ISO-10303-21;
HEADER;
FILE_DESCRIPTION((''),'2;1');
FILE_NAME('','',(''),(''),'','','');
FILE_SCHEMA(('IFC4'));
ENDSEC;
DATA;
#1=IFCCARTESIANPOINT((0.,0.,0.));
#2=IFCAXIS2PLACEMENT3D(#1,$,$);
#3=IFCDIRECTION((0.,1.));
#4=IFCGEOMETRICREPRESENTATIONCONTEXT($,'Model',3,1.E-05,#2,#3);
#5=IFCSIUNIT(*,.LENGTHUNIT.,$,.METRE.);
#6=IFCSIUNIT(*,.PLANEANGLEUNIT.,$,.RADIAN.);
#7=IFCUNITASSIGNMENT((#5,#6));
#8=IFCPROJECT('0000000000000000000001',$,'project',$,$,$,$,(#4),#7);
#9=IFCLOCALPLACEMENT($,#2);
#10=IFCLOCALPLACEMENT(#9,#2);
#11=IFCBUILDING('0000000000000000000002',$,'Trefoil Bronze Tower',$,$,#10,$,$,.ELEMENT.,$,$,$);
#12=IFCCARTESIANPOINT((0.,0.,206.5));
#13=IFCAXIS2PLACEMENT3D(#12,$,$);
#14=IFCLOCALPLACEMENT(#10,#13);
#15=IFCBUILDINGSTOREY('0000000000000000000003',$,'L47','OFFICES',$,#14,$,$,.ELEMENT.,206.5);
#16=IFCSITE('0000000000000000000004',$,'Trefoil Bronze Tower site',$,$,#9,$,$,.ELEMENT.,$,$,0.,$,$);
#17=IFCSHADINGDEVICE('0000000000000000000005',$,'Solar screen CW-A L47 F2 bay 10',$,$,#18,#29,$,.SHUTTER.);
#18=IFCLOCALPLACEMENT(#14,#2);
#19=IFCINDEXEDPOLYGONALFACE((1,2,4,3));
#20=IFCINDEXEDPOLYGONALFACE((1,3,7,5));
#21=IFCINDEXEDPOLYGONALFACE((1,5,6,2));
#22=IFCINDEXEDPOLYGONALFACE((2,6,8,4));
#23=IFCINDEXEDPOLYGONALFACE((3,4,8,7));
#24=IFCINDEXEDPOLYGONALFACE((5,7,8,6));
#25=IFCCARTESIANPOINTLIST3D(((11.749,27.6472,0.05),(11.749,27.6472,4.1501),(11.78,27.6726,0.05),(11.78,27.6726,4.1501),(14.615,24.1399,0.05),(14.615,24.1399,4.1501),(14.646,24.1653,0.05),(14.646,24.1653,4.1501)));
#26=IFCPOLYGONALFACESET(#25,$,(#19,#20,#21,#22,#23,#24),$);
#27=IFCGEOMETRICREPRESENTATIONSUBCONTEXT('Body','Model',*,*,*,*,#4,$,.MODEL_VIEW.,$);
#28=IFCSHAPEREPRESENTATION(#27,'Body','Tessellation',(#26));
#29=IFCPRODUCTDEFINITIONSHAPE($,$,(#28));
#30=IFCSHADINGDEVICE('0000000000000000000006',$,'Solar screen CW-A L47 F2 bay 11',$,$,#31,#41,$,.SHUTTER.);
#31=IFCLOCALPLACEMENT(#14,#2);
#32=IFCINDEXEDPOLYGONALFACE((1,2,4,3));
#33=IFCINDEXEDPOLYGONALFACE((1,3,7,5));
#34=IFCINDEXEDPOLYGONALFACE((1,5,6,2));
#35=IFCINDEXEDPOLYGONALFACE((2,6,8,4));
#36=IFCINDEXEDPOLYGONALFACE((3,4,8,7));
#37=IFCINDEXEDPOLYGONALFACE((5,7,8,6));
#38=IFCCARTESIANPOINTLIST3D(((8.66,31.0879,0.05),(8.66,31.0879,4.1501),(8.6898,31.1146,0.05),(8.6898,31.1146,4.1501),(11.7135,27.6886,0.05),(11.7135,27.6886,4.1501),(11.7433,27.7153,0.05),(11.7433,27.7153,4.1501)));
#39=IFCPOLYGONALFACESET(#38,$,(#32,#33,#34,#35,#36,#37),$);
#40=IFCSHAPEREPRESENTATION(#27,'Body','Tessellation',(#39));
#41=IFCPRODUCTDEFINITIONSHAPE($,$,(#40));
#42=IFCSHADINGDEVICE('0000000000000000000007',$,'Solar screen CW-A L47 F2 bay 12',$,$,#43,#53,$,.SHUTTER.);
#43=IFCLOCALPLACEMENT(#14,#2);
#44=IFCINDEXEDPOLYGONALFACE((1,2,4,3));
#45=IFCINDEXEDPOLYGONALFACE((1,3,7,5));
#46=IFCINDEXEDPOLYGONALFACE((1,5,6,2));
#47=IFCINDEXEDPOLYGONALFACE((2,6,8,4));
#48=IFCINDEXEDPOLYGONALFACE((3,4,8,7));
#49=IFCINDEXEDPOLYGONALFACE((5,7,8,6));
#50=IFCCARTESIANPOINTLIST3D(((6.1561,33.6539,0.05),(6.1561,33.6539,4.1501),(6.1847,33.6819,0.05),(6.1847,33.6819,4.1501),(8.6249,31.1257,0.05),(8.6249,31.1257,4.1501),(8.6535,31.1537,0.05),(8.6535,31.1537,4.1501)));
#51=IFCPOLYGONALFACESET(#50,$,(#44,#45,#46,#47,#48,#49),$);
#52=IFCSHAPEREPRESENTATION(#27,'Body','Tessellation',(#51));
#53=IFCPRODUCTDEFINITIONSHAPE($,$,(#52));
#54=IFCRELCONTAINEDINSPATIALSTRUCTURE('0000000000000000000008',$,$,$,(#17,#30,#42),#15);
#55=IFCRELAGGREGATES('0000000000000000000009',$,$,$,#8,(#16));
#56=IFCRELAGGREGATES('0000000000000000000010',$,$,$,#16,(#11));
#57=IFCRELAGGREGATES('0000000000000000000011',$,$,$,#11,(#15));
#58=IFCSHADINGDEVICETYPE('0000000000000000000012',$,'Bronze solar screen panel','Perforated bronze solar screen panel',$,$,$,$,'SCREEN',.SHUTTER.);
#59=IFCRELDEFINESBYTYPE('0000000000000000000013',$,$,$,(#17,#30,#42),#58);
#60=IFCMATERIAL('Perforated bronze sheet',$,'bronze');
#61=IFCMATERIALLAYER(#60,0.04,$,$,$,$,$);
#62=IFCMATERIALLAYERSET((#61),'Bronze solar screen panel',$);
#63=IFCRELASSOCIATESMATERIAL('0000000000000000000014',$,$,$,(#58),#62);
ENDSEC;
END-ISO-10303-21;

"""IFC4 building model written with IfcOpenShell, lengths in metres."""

from ifc_helpers import new_model, si_unit, direction, frame, origin, origin_2d, place, context, subcontext, project, spatial, rectangle, extrude, material, layer, layer_set, type_object, element, save


model = new_model("IFC4")

# Units and contexts
model_context = context("Model", 3, precision=1e-05, world=origin(), true_north=direction((0.0, 1.0)))
body_context = subcontext(model_context, "Body", "Model", "MODEL_VIEW")
ifc_project = project(units=[si_unit("LENGTHUNIT", "METRE"), si_unit("PLANEANGLEUNIT", "RADIAN")], contexts=[model_context])

# Site, building, storey
site_placement = place(None, origin())
site = spatial("IfcSite", under=ifc_project, at=site_placement, Name="Trefoil Bronze Tower site", CompositionType="ELEMENT", RefElevation=0.0)
building_placement = place(site_placement, origin())
building = spatial("IfcBuilding", under=site, at=building_placement, Name="Trefoil Bronze Tower", CompositionType="ELEMENT")
storey_placement = place(building_placement, frame((0.0, 0.0, 206.5)))
storey = spatial("IfcBuildingStorey", under=building, at=storey_placement, Name="L47", Description="OFFICES", CompositionType="ELEMENT", Elevation=206.5)

# Shading devices
ifc_material_1 = material(Name="Perforated bronze sheet", Category="bronze")
ifc_layer_1 = layer(ifc_material_1, 0.04)
ifc_layer_set_1 = layer_set([ifc_layer_1], Name="Bronze solar screen panel")
shading_device_type = type_object("IfcShadingDeviceType", Name="Bronze solar screen panel", Description="Perforated bronze solar screen panel", ElementType="SCREEN", PredefinedType="SHUTTER", material=ifc_layer_set_1)
shading_device_1_placement = place(storey_placement, frame((13.1975, 25.9062, 0.05), z_axis=(0.0, 0.0, 1.0), x_axis=(-0.632753, 0.774354, 0.0)))
element("IfcShadingDevice", 1, at=shading_device_1_placement, inside=storey, type_object=shading_device_type, Name="Solar screen CW-A L47 F2 bay 10", PredefinedType="SHUTTER", context=body_context, shape_type="SweptSolid", body=[
    extrude(rectangle(XDim=4.5293, YDim=0.04, at=origin_2d()), origin(), (0.0, 0.0, 1.0), 4.1001),
])
shading_device_2_placement = place(storey_placement, frame((10.2017, 29.4016, 0.05), z_axis=(0.0, 0.0, 1.0), x_axis=(-0.668246, 0.743941, 0.0)))
element("IfcShadingDevice", 2, at=shading_device_2_placement, inside=storey, type_object=shading_device_type, Name="Solar screen CW-A L47 F2 bay 11", PredefinedType="SHUTTER", context=body_context, shape_type="SweptSolid", body=[
    extrude(rectangle(XDim=4.5693, YDim=0.04, at=origin_2d()), origin(), (0.0, 0.0, 1.0), 4.1001),
])
shading_device_3_placement = place(storey_placement, frame((7.4048, 32.4038, 0.05), z_axis=(0.0, 0.0, 1.0), x_axis=(-0.698652, 0.715462, 0.0)))
element("IfcShadingDevice", 3, at=shading_device_3_placement, inside=storey, type_object=shading_device_type, Name="Solar screen CW-A L47 F2 bay 12", PredefinedType="SHUTTER", context=body_context, shape_type="SweptSolid", body=[
    extrude(rectangle(XDim=3.5337, YDim=0.04, at=origin_2d()), origin(), (0.0, 0.0, 1.0), 4.1001),
])

save(model, "model.ifc")
